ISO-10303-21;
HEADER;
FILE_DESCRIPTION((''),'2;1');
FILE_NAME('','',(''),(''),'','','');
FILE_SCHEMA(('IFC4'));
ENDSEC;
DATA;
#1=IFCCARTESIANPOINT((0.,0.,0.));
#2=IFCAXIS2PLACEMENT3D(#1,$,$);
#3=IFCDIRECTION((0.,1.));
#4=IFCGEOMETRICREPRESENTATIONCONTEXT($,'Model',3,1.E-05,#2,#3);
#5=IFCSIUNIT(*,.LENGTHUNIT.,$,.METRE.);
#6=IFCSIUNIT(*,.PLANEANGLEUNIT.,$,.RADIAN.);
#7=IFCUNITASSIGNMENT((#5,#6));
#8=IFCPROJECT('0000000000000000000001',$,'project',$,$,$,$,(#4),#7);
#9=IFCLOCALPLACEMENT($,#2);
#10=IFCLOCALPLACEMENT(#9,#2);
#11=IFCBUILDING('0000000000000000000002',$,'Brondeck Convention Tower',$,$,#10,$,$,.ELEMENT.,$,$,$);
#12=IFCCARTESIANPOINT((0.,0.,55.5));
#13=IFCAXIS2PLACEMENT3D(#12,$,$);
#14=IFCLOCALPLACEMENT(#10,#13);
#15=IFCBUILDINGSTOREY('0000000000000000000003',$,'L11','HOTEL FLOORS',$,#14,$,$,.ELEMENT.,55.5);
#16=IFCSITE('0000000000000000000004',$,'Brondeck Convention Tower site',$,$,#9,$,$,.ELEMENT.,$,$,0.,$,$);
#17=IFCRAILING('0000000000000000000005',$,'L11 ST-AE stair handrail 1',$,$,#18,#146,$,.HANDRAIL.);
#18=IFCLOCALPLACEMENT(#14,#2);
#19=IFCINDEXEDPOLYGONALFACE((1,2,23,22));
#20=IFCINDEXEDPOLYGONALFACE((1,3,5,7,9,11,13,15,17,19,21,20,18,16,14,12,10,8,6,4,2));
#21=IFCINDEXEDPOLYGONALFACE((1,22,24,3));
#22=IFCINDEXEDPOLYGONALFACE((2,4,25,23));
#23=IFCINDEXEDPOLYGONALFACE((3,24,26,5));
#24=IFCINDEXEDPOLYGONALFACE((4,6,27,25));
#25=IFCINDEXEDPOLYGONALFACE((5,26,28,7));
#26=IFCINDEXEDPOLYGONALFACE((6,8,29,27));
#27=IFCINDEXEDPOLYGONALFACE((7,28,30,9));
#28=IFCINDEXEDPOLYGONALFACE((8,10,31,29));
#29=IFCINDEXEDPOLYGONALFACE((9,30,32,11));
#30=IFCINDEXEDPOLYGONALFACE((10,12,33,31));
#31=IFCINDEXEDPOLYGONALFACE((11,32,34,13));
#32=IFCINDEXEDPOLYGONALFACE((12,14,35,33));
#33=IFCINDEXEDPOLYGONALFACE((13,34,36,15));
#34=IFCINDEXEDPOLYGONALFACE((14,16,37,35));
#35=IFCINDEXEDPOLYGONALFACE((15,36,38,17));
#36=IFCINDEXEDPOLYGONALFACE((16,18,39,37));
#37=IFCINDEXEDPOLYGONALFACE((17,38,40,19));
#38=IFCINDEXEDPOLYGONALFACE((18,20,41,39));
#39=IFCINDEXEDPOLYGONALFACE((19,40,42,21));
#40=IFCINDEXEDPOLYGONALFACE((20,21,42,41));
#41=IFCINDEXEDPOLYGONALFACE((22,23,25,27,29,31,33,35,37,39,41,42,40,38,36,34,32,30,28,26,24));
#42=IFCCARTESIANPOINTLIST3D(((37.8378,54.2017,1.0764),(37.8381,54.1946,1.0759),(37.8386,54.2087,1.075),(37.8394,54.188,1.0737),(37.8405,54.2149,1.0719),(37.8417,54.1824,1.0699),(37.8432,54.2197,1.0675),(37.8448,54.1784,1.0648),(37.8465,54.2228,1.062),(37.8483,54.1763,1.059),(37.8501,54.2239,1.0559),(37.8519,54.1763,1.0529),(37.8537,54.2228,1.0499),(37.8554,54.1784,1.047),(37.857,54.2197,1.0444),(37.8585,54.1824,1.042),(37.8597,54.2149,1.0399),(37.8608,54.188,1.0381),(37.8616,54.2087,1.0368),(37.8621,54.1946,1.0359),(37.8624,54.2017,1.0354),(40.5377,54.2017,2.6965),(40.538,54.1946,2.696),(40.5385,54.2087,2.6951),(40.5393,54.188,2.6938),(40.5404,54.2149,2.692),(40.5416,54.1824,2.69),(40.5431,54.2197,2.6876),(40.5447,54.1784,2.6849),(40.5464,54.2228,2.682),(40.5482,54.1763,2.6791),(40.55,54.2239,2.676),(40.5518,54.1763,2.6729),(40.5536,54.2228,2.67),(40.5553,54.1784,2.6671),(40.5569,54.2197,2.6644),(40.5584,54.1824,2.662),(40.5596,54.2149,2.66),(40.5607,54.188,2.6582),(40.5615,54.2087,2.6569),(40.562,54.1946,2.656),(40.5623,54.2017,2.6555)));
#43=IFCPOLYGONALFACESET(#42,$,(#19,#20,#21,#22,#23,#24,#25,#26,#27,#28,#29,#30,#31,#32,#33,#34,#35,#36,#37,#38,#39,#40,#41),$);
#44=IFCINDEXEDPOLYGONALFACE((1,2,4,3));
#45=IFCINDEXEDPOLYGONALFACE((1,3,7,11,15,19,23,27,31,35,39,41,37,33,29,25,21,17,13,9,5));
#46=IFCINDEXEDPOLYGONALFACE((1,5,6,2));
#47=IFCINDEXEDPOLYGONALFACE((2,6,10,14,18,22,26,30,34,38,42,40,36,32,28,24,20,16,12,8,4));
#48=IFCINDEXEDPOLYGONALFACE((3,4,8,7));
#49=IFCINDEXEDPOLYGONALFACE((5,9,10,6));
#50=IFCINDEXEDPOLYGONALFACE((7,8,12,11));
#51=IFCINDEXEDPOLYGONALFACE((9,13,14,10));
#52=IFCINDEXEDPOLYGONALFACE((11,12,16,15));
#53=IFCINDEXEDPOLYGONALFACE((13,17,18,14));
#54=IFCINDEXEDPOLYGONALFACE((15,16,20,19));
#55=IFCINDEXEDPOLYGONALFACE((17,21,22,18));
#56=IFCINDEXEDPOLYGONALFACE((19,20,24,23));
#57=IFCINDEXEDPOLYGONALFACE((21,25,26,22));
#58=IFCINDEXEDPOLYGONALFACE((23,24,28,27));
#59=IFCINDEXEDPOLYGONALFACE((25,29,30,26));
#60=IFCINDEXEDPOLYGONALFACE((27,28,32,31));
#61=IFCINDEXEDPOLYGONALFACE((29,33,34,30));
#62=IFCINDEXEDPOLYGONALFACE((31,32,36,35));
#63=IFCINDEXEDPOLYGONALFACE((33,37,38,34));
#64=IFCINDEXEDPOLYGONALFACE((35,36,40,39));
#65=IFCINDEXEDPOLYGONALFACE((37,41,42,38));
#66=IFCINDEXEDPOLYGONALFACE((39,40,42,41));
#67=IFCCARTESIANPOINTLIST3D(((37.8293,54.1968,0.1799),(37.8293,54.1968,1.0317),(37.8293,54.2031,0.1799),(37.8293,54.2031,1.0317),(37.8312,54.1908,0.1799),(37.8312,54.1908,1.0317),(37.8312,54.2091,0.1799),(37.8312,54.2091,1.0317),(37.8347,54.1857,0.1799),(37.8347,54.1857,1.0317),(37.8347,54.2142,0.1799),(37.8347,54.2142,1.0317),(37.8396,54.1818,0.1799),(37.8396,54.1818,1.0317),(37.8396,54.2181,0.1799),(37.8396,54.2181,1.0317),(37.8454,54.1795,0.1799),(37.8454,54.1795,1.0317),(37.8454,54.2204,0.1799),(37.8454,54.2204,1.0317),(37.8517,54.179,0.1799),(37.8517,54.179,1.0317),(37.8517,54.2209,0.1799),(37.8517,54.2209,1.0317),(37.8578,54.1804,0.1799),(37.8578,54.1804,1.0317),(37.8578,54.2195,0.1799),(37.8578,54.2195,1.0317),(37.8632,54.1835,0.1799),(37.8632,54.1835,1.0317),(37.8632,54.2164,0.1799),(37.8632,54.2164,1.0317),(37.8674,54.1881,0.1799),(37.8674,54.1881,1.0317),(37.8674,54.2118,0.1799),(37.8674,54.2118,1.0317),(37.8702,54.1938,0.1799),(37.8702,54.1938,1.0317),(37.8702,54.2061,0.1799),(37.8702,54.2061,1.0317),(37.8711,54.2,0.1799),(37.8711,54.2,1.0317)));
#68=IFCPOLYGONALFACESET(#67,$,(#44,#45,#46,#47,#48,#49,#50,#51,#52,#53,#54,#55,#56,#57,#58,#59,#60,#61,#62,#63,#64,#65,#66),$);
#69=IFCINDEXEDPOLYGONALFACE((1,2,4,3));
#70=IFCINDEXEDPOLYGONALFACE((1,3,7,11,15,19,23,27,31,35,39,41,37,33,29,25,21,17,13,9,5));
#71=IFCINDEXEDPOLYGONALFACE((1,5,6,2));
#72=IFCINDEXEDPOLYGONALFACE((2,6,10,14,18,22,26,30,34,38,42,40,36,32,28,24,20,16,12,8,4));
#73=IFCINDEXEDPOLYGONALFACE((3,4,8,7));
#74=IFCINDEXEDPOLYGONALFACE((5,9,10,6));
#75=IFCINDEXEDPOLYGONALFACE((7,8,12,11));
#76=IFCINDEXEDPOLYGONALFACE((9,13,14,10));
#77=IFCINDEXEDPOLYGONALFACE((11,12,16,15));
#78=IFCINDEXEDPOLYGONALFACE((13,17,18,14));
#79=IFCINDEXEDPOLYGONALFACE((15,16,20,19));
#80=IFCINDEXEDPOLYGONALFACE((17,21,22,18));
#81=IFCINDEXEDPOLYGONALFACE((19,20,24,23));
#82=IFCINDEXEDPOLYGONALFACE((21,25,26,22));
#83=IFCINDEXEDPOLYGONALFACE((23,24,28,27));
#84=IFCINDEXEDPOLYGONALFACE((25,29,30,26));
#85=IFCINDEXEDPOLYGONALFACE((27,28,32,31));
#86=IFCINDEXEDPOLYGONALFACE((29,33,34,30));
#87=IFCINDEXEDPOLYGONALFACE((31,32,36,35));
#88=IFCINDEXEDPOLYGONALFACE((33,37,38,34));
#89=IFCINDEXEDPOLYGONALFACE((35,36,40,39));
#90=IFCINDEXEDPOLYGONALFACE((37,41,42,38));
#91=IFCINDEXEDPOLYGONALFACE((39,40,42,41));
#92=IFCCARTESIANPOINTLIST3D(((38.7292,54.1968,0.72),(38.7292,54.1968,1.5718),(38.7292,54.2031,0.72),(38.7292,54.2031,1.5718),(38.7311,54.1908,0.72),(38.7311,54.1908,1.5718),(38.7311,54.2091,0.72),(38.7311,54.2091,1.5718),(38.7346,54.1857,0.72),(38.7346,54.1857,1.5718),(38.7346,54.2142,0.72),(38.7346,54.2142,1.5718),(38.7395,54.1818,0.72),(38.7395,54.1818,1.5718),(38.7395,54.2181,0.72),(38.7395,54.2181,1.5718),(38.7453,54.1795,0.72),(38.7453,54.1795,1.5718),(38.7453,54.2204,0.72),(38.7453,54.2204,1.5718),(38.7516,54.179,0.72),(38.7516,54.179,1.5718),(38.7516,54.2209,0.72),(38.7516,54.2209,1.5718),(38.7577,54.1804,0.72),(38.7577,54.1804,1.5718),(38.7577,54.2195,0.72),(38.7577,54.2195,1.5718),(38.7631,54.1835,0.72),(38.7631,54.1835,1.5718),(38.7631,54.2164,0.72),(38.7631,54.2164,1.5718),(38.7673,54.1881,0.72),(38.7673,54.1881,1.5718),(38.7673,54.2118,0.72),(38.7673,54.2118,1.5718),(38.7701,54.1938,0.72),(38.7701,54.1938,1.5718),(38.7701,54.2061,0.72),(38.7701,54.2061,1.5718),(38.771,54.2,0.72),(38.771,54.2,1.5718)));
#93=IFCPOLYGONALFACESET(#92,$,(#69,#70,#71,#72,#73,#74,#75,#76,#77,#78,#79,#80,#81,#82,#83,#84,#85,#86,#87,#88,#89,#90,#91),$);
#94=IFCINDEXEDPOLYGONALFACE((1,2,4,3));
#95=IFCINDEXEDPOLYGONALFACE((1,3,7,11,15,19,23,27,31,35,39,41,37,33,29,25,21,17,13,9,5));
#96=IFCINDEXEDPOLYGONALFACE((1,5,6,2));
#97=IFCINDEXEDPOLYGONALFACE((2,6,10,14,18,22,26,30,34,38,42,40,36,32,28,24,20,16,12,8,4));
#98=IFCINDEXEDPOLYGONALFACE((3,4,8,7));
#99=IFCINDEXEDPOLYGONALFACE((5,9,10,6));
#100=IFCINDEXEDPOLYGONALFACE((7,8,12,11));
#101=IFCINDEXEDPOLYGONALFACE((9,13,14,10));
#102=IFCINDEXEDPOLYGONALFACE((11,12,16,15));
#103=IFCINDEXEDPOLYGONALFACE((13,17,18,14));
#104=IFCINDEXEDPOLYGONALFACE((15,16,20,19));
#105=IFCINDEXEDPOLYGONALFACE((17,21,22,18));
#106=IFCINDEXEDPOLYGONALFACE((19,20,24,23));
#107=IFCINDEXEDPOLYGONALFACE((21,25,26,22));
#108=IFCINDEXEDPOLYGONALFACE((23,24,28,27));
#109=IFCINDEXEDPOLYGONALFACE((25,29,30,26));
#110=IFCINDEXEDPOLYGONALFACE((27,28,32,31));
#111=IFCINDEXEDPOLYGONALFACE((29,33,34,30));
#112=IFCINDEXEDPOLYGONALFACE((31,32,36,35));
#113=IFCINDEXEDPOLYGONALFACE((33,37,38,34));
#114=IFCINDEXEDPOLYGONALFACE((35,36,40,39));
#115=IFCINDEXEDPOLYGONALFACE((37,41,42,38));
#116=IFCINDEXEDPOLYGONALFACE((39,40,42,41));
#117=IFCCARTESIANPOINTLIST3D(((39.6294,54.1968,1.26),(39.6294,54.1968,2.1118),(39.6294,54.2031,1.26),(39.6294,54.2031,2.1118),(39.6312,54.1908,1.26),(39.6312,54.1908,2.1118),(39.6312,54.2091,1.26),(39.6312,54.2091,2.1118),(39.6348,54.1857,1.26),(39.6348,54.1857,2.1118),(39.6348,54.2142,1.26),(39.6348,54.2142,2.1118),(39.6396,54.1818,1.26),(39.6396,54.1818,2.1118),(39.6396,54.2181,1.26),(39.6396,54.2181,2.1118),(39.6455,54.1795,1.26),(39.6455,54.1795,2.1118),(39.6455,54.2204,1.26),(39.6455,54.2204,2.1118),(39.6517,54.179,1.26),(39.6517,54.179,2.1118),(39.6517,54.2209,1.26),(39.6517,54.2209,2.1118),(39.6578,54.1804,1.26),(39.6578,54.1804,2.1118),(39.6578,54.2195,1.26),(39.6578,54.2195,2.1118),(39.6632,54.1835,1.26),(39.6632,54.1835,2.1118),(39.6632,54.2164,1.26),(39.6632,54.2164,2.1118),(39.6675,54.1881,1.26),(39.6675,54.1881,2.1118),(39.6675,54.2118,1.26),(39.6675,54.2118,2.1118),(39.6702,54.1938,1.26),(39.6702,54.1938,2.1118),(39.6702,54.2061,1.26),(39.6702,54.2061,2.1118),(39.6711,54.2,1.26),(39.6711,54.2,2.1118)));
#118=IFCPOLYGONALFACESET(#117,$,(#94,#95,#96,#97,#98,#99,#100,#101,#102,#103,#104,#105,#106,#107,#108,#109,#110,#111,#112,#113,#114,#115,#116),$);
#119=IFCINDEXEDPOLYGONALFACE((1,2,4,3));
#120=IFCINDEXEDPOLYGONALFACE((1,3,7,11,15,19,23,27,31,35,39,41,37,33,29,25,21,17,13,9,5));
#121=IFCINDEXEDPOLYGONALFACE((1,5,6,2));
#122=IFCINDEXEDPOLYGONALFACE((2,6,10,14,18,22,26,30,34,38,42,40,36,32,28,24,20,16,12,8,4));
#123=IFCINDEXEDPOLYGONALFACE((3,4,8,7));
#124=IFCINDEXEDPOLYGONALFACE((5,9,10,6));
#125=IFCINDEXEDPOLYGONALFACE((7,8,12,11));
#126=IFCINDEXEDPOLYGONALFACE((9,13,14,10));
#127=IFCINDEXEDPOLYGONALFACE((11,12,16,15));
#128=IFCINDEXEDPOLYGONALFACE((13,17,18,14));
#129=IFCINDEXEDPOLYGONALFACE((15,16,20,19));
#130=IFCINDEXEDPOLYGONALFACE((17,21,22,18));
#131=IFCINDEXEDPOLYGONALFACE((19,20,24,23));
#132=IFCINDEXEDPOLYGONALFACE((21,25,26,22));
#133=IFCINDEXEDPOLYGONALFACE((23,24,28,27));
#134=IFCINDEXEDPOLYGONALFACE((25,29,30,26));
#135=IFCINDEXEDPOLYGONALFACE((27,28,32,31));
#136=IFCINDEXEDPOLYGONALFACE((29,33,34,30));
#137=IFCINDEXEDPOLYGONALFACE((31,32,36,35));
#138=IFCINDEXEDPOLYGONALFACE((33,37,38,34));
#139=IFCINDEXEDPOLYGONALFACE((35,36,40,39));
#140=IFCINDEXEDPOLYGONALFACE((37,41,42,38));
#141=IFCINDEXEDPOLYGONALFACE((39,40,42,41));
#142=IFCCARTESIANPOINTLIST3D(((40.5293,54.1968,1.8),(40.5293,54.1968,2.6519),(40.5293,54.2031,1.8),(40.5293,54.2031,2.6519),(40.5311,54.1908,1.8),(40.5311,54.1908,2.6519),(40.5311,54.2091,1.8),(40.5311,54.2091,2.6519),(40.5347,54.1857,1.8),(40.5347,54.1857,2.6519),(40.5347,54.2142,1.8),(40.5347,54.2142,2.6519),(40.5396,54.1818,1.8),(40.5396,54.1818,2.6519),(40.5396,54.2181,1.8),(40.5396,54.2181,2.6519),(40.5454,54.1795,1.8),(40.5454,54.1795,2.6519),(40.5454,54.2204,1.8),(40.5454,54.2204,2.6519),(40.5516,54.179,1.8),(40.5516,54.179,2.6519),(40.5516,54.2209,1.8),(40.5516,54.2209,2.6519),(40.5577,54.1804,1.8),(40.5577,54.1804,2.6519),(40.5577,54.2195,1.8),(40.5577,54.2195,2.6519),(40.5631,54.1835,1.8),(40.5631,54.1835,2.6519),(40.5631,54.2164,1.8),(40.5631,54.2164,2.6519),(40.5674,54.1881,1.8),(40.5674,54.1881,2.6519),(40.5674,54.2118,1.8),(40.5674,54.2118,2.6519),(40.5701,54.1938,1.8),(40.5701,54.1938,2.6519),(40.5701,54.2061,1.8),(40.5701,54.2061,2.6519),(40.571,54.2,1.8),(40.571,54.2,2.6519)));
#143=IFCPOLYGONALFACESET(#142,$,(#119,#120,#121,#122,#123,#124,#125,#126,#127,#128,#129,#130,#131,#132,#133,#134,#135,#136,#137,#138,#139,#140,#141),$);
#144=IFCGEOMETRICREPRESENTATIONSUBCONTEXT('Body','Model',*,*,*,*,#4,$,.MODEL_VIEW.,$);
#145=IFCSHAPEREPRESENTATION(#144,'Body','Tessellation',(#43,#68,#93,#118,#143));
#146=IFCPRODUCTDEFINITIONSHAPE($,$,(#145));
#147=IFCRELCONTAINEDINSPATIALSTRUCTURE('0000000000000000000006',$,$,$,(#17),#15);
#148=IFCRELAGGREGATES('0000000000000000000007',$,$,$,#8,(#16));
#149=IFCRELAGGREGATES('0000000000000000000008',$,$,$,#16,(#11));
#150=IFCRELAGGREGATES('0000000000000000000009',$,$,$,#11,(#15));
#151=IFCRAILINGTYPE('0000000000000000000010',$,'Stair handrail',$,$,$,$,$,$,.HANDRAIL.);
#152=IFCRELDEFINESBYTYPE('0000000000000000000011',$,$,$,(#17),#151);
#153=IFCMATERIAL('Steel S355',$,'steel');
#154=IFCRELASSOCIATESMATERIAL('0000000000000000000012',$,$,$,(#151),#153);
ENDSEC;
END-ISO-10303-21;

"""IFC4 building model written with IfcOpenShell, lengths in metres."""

from ifc_helpers import new_model, si_unit, direction, frame, origin, origin_2d, place, context, subcontext, project, spatial, circle, extrude, material, type_object, element, save


model = new_model("IFC4")

# Units and contexts
model_context = context("Model", 3, precision=1e-05, world=origin(), true_north=direction((0.0, 1.0)))
body_context = subcontext(model_context, "Body", "Model", "MODEL_VIEW")
ifc_project = project(units=[si_unit("LENGTHUNIT", "METRE"), si_unit("PLANEANGLEUNIT", "RADIAN")], contexts=[model_context])

# Site, building, storey
site_placement = place(None, origin())
site = spatial("IfcSite", under=ifc_project, at=site_placement, Name="Brondeck Convention Tower site", CompositionType="ELEMENT", RefElevation=0.0)
building_placement = place(site_placement, origin())
building = spatial("IfcBuilding", under=site, at=building_placement, Name="Brondeck Convention Tower", CompositionType="ELEMENT")
storey_placement = place(building_placement, frame((0.0, 0.0, 55.5)))
storey = spatial("IfcBuildingStorey", under=building, at=storey_placement, Name="L11", Description="HOTEL FLOORS", CompositionType="ELEMENT", Elevation=55.5)

# Railing
ifc_material_1 = material(Name="Steel S355", Category="steel")
railing_type_1 = type_object("IfcRailingType", Name="Stair handrail", PredefinedType="HANDRAIL", material=ifc_material_1)
railing_1_placement = place(storey_placement, frame((37.8501, 54.2, 0.1799)))
element("IfcRailing", 1, at=railing_1_placement, inside=storey, type_object=railing_type_1, Name="L11 ST-AE stair handrail 1", PredefinedType="HANDRAIL", context=body_context, shape_type="SweptSolid", body=[
    extrude(circle(Radius=0.0239, at=origin_2d()), frame((0.0, 0.0, 0.876), z_axis=(0.857472, 0.0, 0.51453), x_axis=(0.0, 1.0, 0.0)), (0.0, 0.0, 1.0), 3.1487),
    extrude(circle(Radius=0.021, at=origin_2d()), origin(), (0.0, 0.0, 1.0), 0.8518),
    extrude(circle(Radius=0.021, at=origin_2d()), frame((0.8999, 0.0, 0.54)), (0.0, 0.0, 1.0), 0.8518),
    extrude(circle(Radius=0.021, at=origin_2d()), frame((1.8, 0.0, 1.0801)), (0.0, 0.0, 1.0), 0.8518),
    extrude(circle(Radius=0.021, at=origin_2d()), frame((2.7, 0.0, 1.6201)), (0.0, 0.0, 1.0), 0.8518),
])

save(model, "model.ifc")
